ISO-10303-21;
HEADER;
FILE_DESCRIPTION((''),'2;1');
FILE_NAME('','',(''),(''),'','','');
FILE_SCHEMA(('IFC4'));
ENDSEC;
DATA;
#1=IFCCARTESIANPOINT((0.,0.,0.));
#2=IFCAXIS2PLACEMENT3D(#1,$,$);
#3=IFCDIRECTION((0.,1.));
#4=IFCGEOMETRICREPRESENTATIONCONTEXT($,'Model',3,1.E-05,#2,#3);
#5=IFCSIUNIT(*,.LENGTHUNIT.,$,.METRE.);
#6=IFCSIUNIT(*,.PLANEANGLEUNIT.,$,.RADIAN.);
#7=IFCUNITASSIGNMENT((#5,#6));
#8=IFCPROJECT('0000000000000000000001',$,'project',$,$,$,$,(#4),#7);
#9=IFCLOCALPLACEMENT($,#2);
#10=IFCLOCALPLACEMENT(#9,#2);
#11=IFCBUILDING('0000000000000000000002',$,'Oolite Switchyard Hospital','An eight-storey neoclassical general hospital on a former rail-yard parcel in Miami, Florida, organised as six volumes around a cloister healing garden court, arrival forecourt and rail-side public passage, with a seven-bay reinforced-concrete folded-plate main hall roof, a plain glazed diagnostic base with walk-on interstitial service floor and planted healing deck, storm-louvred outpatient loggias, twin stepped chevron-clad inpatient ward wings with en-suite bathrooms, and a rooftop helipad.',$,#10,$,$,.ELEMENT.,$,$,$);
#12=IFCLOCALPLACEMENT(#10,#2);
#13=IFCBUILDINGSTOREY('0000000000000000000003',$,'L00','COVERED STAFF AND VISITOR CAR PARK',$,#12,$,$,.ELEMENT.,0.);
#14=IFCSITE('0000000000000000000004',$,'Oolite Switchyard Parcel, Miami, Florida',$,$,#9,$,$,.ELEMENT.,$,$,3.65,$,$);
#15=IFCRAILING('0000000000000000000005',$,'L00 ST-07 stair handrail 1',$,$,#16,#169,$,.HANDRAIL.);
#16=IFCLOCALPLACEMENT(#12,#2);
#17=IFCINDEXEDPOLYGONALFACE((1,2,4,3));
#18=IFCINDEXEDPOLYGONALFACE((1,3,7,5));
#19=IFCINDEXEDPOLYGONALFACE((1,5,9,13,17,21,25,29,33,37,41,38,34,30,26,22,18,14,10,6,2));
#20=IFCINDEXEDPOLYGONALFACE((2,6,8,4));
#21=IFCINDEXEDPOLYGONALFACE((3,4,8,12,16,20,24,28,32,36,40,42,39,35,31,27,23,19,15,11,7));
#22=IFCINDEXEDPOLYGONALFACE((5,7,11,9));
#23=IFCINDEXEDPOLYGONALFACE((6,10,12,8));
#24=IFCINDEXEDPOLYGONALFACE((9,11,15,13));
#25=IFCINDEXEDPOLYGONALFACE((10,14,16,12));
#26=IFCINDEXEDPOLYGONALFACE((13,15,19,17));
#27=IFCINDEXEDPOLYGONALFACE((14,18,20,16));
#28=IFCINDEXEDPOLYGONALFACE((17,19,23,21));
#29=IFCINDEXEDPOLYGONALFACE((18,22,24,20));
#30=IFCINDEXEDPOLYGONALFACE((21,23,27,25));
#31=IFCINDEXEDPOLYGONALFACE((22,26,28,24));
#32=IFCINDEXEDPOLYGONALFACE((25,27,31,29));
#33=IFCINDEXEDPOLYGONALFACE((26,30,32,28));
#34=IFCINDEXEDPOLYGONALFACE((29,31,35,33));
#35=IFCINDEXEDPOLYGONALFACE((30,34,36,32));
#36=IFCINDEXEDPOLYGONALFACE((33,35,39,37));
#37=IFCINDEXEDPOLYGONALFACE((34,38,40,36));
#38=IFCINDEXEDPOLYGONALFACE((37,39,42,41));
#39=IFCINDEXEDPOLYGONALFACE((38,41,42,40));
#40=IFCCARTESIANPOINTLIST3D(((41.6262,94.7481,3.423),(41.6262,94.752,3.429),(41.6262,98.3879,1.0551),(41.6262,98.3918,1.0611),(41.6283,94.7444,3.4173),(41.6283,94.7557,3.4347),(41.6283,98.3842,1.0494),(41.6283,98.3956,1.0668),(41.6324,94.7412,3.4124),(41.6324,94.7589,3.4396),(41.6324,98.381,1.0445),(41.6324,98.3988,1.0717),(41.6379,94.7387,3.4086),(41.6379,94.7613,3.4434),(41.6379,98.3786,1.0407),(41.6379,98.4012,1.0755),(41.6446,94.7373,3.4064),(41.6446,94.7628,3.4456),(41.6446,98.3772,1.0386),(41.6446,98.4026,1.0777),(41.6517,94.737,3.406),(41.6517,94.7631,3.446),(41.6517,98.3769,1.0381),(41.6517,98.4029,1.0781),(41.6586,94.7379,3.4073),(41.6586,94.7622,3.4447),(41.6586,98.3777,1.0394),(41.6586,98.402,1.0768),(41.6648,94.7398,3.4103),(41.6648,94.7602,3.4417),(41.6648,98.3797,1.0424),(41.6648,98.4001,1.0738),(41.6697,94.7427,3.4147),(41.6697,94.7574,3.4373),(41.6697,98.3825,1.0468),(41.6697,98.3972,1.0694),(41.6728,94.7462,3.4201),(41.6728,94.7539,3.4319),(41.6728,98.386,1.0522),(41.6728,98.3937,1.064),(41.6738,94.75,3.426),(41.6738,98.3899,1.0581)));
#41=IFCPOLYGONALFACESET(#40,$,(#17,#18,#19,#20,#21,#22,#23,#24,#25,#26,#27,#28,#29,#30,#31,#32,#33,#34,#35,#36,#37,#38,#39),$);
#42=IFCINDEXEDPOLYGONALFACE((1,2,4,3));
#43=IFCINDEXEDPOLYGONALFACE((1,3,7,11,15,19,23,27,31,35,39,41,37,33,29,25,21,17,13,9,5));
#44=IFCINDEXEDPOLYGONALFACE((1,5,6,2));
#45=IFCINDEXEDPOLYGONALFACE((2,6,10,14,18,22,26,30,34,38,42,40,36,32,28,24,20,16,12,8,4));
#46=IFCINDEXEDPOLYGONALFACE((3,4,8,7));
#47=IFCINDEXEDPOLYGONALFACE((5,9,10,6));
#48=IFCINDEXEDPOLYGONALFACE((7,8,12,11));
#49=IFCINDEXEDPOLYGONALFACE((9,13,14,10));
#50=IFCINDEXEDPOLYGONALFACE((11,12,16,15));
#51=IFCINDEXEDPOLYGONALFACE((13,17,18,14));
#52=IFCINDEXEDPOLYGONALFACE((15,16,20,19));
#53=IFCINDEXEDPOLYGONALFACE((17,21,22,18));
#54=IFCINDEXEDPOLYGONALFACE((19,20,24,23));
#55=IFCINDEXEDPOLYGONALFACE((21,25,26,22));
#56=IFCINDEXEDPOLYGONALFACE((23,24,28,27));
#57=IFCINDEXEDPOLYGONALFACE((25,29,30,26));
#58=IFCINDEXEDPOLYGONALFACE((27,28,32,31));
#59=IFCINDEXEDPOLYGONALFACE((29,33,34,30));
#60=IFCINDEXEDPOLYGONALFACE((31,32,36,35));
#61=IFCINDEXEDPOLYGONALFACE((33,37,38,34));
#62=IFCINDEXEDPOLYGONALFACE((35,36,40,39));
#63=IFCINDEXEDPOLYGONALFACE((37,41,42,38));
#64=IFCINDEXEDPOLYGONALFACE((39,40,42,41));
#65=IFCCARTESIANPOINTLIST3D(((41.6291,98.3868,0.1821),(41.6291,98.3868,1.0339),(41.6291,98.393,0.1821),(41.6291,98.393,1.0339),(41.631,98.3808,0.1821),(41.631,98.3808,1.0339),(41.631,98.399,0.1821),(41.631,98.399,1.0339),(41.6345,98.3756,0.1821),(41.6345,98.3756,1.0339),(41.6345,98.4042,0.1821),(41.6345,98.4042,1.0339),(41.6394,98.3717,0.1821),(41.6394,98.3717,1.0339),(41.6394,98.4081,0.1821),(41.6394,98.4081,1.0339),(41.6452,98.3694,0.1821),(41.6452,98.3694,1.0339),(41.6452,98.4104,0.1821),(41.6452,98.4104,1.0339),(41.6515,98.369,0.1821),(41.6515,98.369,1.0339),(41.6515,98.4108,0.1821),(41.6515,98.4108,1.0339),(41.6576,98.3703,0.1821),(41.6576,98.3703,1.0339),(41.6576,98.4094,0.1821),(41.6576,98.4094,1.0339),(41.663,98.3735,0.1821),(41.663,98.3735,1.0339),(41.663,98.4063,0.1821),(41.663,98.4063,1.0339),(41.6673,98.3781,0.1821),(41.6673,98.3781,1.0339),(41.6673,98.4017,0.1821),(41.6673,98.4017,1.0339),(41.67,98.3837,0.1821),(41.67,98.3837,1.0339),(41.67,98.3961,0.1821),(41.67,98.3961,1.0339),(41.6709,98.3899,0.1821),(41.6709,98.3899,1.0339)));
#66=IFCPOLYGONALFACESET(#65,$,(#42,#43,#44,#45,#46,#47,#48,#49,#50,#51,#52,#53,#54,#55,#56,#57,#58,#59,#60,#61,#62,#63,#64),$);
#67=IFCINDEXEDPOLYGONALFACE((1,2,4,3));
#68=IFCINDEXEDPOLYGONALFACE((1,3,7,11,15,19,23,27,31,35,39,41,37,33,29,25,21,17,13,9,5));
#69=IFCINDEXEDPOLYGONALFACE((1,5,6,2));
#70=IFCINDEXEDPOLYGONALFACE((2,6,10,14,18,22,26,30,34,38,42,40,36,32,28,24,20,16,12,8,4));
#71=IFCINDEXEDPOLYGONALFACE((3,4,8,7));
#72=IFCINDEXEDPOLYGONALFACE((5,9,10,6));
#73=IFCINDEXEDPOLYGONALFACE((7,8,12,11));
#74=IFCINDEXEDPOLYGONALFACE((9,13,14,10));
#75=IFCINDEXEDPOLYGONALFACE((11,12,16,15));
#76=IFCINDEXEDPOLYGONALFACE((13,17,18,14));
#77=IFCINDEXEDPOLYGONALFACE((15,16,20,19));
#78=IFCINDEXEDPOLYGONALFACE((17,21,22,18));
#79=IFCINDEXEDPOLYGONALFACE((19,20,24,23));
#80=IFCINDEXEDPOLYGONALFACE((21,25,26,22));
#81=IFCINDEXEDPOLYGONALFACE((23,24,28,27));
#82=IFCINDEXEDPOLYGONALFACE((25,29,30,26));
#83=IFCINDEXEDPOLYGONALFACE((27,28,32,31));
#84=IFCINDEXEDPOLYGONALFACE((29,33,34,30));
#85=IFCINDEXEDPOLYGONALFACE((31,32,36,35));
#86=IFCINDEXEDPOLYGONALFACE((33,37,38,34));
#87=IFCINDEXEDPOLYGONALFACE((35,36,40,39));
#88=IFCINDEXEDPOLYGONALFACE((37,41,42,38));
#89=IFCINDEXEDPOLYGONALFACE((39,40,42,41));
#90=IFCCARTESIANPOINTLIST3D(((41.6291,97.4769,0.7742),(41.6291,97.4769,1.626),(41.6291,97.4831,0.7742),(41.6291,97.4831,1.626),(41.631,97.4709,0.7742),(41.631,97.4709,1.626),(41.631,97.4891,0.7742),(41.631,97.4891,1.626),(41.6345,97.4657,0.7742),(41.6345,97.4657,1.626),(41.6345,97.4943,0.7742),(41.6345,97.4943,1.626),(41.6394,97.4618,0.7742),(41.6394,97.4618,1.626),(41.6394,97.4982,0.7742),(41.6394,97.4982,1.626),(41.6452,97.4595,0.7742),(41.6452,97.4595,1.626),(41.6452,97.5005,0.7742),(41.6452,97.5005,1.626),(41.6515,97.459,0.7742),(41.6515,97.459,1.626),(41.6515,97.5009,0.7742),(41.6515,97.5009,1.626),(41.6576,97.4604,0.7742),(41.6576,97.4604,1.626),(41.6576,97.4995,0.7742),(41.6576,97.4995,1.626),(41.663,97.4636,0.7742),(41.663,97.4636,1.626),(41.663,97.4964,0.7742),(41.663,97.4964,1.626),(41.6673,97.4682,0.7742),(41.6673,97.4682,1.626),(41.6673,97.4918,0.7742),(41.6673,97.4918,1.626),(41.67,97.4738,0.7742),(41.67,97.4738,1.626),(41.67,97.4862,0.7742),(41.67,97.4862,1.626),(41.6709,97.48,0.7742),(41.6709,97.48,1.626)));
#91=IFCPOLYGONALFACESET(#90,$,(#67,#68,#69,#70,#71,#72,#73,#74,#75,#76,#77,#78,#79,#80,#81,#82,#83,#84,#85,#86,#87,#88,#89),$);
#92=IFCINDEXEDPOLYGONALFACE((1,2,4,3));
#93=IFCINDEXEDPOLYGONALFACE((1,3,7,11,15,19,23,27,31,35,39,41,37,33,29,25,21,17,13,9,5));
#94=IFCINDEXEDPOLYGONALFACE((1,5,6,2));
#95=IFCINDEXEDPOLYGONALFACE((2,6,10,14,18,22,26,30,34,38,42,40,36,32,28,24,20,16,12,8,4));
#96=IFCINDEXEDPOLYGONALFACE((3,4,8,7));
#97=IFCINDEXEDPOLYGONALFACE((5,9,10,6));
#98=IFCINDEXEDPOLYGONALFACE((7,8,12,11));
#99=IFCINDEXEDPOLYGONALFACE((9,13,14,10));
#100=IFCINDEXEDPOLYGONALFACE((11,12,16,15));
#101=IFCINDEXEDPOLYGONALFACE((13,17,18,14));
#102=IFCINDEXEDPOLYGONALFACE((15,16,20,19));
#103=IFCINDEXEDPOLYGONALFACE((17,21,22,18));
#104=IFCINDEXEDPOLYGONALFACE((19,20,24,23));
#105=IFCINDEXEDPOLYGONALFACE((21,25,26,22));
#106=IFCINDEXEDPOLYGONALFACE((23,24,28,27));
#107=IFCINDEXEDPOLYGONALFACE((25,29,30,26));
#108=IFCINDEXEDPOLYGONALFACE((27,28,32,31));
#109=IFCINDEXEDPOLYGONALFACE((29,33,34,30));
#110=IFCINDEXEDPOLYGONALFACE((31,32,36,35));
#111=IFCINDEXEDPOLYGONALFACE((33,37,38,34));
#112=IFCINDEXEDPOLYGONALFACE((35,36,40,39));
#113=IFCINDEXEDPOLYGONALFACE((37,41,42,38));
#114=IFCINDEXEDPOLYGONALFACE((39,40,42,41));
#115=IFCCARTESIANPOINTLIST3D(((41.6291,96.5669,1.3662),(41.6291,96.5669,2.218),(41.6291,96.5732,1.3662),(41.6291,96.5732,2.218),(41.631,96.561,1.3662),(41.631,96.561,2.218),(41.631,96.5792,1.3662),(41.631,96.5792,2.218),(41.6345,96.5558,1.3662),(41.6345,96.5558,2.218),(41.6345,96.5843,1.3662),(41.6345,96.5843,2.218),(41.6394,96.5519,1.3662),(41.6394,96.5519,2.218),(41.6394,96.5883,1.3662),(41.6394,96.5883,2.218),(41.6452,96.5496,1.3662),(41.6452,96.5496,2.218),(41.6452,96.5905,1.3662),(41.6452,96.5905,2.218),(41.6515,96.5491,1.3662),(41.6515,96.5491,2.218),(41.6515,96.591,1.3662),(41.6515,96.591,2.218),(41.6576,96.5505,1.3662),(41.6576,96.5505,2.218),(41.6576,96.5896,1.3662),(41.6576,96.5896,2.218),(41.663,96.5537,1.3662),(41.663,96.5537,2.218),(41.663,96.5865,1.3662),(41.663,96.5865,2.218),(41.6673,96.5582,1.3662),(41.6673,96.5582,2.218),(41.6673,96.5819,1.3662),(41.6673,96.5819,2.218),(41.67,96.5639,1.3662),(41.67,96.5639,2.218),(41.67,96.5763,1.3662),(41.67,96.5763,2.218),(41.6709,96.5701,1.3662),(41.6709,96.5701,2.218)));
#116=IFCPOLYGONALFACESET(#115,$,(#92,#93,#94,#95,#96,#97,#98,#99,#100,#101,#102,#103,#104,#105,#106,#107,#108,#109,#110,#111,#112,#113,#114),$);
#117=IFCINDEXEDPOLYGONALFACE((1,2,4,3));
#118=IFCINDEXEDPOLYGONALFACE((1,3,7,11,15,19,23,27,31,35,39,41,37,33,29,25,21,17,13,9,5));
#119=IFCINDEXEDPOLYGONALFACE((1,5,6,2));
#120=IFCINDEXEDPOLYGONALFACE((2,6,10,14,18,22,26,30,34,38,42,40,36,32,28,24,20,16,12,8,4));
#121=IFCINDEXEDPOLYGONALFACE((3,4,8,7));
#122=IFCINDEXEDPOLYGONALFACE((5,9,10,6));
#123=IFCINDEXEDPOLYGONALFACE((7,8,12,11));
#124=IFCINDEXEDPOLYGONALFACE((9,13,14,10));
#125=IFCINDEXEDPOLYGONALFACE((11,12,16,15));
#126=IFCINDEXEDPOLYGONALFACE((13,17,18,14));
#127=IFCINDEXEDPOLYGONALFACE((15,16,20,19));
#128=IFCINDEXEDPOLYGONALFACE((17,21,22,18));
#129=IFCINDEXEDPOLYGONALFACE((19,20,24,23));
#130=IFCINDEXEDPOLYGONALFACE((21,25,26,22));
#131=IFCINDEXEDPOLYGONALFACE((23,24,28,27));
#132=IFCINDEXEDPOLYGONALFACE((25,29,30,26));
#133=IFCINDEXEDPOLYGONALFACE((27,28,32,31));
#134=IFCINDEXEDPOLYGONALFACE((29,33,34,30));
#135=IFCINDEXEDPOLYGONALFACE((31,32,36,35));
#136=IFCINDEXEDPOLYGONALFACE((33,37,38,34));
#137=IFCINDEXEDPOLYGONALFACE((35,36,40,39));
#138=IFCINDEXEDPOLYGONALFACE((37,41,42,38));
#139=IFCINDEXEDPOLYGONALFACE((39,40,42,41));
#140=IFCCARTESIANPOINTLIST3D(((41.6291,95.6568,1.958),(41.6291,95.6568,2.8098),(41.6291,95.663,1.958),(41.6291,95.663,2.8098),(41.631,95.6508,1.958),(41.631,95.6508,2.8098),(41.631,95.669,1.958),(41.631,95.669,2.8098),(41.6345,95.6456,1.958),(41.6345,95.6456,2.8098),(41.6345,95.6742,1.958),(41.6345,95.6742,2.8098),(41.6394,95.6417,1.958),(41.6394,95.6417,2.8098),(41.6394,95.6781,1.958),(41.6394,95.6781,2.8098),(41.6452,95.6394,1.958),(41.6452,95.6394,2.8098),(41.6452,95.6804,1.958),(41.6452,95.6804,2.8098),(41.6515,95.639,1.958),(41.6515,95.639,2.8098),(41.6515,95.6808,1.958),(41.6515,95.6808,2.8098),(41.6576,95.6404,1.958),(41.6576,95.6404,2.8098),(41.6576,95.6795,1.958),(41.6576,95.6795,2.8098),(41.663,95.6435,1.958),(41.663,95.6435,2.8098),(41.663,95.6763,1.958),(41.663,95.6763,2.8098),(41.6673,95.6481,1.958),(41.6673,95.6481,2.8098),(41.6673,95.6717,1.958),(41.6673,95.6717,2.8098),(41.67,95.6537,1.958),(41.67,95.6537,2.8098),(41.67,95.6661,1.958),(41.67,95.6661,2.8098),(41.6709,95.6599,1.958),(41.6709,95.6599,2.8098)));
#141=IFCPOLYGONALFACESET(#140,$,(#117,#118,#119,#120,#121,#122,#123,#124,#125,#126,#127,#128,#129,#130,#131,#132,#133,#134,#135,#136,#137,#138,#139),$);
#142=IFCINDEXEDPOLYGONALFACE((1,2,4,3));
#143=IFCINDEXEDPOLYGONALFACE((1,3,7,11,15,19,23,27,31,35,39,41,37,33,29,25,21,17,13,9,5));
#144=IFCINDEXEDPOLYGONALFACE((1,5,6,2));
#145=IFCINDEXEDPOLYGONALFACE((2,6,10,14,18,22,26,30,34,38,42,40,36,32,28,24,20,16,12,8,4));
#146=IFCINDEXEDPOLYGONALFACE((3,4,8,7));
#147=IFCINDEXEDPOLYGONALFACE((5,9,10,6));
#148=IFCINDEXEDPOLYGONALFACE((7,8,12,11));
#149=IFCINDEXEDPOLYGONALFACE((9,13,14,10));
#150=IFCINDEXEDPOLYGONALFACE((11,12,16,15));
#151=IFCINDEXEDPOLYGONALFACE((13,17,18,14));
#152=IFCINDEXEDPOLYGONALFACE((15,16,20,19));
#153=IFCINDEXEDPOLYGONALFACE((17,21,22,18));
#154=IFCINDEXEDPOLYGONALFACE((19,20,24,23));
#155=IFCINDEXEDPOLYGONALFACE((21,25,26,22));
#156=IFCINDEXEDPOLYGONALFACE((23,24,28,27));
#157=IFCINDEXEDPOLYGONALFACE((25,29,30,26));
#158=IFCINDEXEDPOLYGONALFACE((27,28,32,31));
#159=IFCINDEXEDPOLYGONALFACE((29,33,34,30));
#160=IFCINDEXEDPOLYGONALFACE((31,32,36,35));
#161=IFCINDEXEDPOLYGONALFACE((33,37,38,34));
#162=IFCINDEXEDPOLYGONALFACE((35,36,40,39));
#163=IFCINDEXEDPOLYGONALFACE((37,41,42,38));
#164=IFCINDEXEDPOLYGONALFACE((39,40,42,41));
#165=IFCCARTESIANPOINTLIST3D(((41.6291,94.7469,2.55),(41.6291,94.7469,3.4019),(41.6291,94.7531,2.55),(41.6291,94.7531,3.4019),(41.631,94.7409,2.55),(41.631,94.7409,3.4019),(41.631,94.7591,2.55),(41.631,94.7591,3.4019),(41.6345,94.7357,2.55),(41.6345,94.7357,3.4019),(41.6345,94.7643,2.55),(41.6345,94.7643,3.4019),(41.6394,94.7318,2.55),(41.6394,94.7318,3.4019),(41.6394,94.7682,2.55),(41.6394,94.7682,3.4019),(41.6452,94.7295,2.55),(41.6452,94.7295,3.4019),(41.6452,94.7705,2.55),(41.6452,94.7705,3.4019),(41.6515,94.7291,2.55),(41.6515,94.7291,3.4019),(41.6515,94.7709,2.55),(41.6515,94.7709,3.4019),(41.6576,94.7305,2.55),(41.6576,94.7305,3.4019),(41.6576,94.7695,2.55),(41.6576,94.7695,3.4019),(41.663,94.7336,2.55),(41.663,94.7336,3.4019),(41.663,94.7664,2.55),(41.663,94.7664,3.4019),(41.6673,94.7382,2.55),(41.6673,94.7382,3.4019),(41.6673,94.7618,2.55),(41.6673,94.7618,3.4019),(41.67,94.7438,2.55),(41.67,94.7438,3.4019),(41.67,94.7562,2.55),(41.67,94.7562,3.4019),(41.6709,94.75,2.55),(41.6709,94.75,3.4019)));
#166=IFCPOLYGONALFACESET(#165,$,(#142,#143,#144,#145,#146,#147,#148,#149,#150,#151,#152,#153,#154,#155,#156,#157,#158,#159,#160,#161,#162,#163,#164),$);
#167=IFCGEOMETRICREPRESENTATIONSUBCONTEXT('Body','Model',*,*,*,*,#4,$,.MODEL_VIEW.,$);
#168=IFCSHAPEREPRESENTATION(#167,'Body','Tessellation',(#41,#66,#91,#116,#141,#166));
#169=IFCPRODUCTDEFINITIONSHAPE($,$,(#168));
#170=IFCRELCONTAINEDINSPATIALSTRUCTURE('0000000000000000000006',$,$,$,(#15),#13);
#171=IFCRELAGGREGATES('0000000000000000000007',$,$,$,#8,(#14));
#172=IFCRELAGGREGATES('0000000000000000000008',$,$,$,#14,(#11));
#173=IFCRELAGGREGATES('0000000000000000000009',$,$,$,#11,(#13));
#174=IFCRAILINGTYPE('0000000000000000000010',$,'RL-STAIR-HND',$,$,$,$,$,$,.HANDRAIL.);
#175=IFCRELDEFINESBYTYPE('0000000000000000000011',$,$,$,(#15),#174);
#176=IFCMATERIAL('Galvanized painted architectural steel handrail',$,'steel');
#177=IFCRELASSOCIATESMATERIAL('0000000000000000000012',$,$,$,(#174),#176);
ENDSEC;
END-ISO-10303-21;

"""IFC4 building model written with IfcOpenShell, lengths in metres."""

from ifc_helpers import new_model, si_unit, direction, frame, origin, origin_2d, place, context, subcontext, project, spatial, circle, extrude, material, type_object, element, save


model = new_model("IFC4")

# Units and contexts
model_context = context("Model", 3, precision=1e-05, world=origin(), true_north=direction((0.0, 1.0)))
body_context = subcontext(model_context, "Body", "Model", "MODEL_VIEW")
ifc_project = project(units=[si_unit("LENGTHUNIT", "METRE"), si_unit("PLANEANGLEUNIT", "RADIAN")], contexts=[model_context])

# Site, building, storey
site_placement = place(None, origin())
site = spatial("IfcSite", under=ifc_project, at=site_placement, Name="Oolite Switchyard Parcel, Miami, Florida", CompositionType="ELEMENT", RefElevation=3.65)
building_placement = place(site_placement, origin())
building = spatial("IfcBuilding", under=site, at=building_placement, Name="Oolite Switchyard Hospital", Description="An eight-storey neoclassical general hospital on a former rail-yard parcel in Miami, Florida, organised as six volumes around a cloister healing garden court, arrival forecourt and rail-side public passage, with a seven-bay reinforced-concrete folded-plate main hall roof, a plain glazed diagnostic base with walk-on interstitial service floor and planted healing deck, storm-louvred outpatient loggias, twin stepped chevron-clad inpatient ward wings with en-suite bathrooms, and a rooftop helipad.", CompositionType="ELEMENT")
storey_placement = place(building_placement, origin())
storey = spatial("IfcBuildingStorey", under=building, at=storey_placement, Name="L00", Description="COVERED STAFF AND VISITOR CAR PARK", CompositionType="ELEMENT", Elevation=0.0)

# Railing
ifc_material_1 = material(Name="Galvanized painted architectural steel handrail", Category="steel")
railing_type_1 = type_object("IfcRailingType", Name="RL-STAIR-HND", PredefinedType="HANDRAIL", material=ifc_material_1)
railing_1_placement = place(storey_placement, frame((41.6499, 98.3899, 0.1821)))
element("IfcRailing", 1, at=railing_1_placement, inside=storey, type_object=railing_type_1, Name="L00 ST-07 stair handrail 1", PredefinedType="HANDRAIL", context=body_context, shape_type="SweptSolid", body=[
    extrude(circle(Radius=0.0239, at=origin_2d()), frame((0.0, 0.0, 0.876), z_axis=(0.0, -0.838234, 0.54531), x_axis=(1.0, 0.0, 0.0)), (0.0, 0.0, 1.0), 4.3423),
    extrude(circle(Radius=0.021, at=origin_2d()), origin(), (0.0, 0.0, 1.0), 0.8518),
    extrude(circle(Radius=0.021, at=origin_2d()), frame((0.0, -0.9099, 0.592)), (0.0, 0.0, 1.0), 0.8518),
    extrude(circle(Radius=0.021, at=origin_2d()), frame((0.0, -1.8198, 1.1841)), (0.0, 0.0, 1.0), 0.8518),
    extrude(circle(Radius=0.021, at=origin_2d()), frame((0.0, -2.73, 1.7759)), (0.0, 0.0, 1.0), 0.8518),
    extrude(circle(Radius=0.021, at=origin_2d()), frame((0.0, -3.6399, 2.3679)), (0.0, 0.0, 1.0), 0.8518),
])

save(model, "model.ifc")
